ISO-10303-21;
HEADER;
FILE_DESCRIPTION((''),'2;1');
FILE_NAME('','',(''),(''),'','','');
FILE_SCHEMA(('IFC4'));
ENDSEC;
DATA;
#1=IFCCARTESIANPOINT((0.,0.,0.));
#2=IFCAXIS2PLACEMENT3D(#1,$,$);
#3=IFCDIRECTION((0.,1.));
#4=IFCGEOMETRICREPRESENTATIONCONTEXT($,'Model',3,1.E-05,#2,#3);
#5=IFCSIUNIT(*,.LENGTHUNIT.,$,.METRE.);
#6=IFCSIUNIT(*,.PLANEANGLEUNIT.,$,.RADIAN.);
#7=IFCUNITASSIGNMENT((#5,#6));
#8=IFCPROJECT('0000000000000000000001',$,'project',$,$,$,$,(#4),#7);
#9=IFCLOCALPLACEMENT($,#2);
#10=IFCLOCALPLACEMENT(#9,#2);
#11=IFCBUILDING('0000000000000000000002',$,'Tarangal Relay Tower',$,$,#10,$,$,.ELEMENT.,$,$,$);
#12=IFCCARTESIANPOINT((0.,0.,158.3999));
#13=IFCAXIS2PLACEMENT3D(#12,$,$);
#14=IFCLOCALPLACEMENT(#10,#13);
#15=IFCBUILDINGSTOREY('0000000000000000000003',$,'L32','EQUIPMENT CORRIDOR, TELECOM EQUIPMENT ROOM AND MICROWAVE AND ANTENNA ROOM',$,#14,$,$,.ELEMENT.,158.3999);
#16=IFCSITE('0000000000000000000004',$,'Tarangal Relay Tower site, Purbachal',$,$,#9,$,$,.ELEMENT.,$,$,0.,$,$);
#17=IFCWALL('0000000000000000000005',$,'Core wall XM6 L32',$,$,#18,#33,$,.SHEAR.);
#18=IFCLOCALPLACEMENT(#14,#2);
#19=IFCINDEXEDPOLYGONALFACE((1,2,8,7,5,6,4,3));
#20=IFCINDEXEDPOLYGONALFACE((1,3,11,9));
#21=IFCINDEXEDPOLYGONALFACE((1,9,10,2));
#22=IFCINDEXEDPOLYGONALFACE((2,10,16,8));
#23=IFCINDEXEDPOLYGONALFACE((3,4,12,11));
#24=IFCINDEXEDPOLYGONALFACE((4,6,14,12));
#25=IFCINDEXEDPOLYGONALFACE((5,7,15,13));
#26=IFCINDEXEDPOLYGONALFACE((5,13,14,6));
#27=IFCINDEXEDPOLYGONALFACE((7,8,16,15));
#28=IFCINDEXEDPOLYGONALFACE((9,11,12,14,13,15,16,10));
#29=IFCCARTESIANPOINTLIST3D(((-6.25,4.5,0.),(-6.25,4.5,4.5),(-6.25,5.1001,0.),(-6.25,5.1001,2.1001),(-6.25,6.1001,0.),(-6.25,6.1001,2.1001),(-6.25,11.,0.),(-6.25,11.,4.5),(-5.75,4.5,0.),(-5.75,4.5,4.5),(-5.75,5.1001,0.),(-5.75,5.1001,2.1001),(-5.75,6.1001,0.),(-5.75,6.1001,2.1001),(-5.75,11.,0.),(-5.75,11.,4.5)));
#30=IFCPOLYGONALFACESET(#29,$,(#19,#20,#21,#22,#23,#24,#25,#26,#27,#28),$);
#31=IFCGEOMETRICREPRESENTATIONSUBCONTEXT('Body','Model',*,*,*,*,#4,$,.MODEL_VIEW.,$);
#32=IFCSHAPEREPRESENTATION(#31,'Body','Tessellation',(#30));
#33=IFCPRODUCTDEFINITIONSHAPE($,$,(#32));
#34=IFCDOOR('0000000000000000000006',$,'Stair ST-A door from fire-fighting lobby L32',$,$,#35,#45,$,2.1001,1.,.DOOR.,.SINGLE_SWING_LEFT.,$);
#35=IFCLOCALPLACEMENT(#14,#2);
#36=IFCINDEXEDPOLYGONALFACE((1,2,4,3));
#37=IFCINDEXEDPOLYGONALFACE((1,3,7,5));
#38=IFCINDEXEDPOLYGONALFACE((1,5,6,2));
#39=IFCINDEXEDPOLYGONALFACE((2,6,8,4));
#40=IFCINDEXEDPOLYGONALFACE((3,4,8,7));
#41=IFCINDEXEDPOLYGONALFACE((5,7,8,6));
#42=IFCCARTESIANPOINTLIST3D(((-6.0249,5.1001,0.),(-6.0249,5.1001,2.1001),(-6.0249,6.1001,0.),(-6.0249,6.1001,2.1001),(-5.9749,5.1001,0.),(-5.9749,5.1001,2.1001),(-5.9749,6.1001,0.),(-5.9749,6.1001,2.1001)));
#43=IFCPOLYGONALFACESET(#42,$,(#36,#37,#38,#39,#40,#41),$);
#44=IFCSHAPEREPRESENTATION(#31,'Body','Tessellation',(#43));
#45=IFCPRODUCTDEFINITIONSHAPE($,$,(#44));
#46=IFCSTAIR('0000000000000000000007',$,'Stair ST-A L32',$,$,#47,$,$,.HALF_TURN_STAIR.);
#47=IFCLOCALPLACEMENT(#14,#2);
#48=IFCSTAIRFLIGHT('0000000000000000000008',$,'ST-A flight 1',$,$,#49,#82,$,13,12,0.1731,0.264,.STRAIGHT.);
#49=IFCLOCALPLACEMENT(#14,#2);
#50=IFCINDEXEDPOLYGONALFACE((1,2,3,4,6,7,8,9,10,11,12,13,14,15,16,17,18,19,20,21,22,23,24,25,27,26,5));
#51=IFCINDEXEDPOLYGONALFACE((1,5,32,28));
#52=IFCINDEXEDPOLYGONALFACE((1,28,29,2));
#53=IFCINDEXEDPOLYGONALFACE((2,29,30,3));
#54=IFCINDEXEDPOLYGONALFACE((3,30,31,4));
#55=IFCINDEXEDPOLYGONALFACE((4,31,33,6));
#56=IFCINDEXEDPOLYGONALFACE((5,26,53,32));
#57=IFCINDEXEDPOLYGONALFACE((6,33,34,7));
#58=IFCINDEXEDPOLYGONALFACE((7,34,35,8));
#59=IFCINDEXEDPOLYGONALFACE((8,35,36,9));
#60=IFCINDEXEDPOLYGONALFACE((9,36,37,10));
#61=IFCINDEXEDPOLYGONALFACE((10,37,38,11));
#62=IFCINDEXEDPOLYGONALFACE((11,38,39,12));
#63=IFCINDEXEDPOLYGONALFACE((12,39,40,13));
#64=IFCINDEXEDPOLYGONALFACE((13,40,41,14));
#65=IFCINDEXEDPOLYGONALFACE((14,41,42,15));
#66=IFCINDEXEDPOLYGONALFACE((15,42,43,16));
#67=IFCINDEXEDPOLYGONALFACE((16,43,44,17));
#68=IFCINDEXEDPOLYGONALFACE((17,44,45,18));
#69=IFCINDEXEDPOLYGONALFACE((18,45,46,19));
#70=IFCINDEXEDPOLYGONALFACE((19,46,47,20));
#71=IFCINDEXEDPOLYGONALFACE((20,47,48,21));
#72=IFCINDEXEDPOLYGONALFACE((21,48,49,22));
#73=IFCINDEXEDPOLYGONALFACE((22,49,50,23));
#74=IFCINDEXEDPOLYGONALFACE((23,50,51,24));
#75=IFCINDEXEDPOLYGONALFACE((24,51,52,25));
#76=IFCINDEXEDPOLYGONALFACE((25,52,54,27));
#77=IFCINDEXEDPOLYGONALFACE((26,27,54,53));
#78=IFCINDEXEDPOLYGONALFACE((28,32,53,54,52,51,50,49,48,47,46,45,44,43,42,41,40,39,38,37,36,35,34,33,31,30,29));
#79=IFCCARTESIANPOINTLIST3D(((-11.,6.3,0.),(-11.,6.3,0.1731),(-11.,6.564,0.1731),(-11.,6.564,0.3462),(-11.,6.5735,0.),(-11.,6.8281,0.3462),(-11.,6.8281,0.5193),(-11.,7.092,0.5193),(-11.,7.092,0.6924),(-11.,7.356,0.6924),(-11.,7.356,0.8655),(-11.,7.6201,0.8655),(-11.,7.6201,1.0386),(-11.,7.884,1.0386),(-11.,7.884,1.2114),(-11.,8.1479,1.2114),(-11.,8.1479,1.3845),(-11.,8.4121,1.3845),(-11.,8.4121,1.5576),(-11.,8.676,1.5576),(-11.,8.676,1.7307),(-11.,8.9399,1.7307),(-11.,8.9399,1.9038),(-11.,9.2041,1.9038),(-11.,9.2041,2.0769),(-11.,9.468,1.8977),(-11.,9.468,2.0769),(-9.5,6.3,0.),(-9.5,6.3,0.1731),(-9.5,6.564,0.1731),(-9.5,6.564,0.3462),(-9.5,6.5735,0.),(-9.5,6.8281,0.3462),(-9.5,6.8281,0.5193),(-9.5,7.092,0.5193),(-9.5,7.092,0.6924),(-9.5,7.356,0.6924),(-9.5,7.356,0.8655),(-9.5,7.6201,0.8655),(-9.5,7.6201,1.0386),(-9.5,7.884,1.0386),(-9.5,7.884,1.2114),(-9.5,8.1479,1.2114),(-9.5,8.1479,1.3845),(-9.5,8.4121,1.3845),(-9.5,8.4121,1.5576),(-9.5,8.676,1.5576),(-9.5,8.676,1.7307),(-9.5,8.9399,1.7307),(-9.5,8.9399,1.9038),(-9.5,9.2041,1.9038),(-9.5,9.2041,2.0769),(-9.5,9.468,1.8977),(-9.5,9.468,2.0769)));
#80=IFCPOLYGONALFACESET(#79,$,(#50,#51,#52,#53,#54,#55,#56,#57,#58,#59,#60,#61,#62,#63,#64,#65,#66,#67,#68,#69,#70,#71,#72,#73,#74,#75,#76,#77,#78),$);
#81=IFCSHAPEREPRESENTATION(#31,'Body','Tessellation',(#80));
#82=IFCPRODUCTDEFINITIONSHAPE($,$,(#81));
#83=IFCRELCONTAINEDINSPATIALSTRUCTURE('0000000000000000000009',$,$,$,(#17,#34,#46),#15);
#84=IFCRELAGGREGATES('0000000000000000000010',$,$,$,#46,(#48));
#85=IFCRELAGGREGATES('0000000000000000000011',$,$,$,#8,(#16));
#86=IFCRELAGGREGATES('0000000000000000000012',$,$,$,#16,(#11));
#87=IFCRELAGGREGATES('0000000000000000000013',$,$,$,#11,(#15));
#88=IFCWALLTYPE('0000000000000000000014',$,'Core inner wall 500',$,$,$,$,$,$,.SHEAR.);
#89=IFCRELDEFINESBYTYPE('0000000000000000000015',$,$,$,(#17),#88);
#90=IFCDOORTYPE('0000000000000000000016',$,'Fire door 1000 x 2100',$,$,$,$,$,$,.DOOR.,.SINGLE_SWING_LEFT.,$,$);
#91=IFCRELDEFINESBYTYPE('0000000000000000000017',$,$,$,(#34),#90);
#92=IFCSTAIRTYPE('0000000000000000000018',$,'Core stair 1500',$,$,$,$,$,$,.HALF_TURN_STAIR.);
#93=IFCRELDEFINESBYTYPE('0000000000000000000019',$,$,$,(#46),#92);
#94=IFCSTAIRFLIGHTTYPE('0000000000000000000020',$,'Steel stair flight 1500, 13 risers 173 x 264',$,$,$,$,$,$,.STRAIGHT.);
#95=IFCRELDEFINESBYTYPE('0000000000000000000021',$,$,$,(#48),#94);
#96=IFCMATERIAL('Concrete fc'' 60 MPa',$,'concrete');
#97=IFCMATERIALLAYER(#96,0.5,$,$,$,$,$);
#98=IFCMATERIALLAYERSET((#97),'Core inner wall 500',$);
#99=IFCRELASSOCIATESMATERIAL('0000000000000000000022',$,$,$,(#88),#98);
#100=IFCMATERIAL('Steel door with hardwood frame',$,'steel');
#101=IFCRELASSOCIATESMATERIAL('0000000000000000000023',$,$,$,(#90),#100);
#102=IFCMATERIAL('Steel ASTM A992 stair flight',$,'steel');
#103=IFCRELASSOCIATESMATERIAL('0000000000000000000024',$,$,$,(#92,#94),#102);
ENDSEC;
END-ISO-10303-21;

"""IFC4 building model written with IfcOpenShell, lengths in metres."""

from ifc_helpers import new_model, si_unit, direction, frame, frame_2d, origin, place, context, subcontext, project, spatial, polyline, rectangle, outline, extrude, material, layer, layer_set, type_object, element, fill, aggregate, save


model = new_model("IFC4")

# Units and contexts
model_context = context("Model", 3, precision=1e-05, world=origin(), true_north=direction((0.0, 1.0)))
body_context = subcontext(model_context, "Body", "Model", "MODEL_VIEW")
ifc_project = project(units=[si_unit("LENGTHUNIT", "METRE"), si_unit("PLANEANGLEUNIT", "RADIAN")], contexts=[model_context])

# Site, building, storey
site_placement = place(None, origin())
site = spatial("IfcSite", under=ifc_project, at=site_placement, Name="Tarangal Relay Tower site, Purbachal", CompositionType="ELEMENT", RefElevation=0.0)
building_placement = place(site_placement, origin())
building = spatial("IfcBuilding", under=site, at=building_placement, Name="Tarangal Relay Tower", CompositionType="ELEMENT")
storey_placement = place(building_placement, frame((0.0, 0.0, 158.3999)))
storey = spatial("IfcBuildingStorey", under=building, at=storey_placement, Name="L32", Description="EQUIPMENT CORRIDOR, TELECOM EQUIPMENT ROOM AND MICROWAVE AND ANTENNA ROOM", CompositionType="ELEMENT", Elevation=158.3999)

# Shared definitions
ifc_material_1 = material(Name="Concrete fc' 60 MPa", Category="concrete")
ifc_layer_1 = layer(ifc_material_1, 0.5)
ifc_layer_set_1 = layer_set([ifc_layer_1], Name="Core inner wall 500")
wall_type = type_object("IfcWallType", Name="Core inner wall 500", PredefinedType="SHEAR", material=ifc_layer_set_1)
ifc_material_2 = material(Name="Steel door with hardwood frame", Category="steel")

# Wall, opening, door
wall_1_placement = place(storey_placement, frame((-6.0, 4.5, 0.0), z_axis=(0.0, 0.0, 1.0), x_axis=(0.0, 1.0, 0.0)))
wall_1 = element("IfcWall", 1, at=wall_1_placement, inside=storey, type_object=wall_type, Name="Core wall XM6 L32", PredefinedType="SHEAR", context=body_context, shape_type="SweptSolid", body=[
    extrude(rectangle(XDim=6.5, YDim=0.5, at=frame_2d((3.25, 0.0))), origin(), (0.0, 0.0, 1.0), 4.5),
])
opening_1_placement = place(wall_1_placement, frame((0.6001, 0.0, 0.0)))
opening_1 = element("IfcOpeningElement", 2, at=opening_1_placement, cuts=wall_1, PredefinedType="OPENING", context=body_context, shape_type="SweptSolid", body=[
    extrude(rectangle(XDim=1.0, YDim=2.1001, at=frame_2d((0.5, 1.05))), frame((0.0, 0.26, 0.0), z_axis=(0.0, -1.0, 0.0), x_axis=(1.0, 0.0, 0.0)), (0.0, 0.0, 1.0), 0.52),
])
door_type_1 = type_object("IfcDoorType", Name="Fire door 1000 x 2100", OperationType="SINGLE_SWING_LEFT", PredefinedType="DOOR", material=ifc_material_2)
door_1_placement = place(opening_1_placement, origin())
door_1 = element("IfcDoor", 3, at=door_1_placement, inside=storey, type_object=door_type_1, Name="Stair ST-A door from fire-fighting lobby L32", OperationType="SINGLE_SWING_LEFT", OverallHeight=2.1001, OverallWidth=1.0, PredefinedType="DOOR", context=body_context, shape_type="SweptSolid", body=[
    extrude(rectangle(XDim=1.0, YDim=2.1001, at=frame_2d((0.5, 1.05))), frame((0.0, 0.0249, 0.0), z_axis=(0.0, -1.0, 0.0), x_axis=(1.0, 0.0, 0.0)), (0.0, 0.0, 1.0), 0.05),
])
fill(opening_1, door_1)

# Stair, stair flight
ifc_material_3 = material(Name="Steel ASTM A992 stair flight", Category="steel")
stair_type = type_object("IfcStairType", Name="Core stair 1500", PredefinedType="HALF_TURN_STAIR", material=ifc_material_3)
stair_placement = place(storey_placement, origin())
stair = element("IfcStair", 4, at=stair_placement, inside=storey, type_object=stair_type, Name="Stair ST-A L32", PredefinedType="HALF_TURN_STAIR")
stair_flight_type = type_object("IfcStairFlightType", Name="Steel stair flight 1500, 13 risers 173 x 264", PredefinedType="STRAIGHT", material=ifc_material_3)
stair_flight_placement = place(storey_placement, frame((-10.25, 6.3, 0.0), z_axis=(0.0, 0.0, 1.0), x_axis=(0.0, 1.0, 0.0)))
stair_flight = element("IfcStairFlight", 5, at=stair_flight_placement, type_object=stair_flight_type, Name="ST-A flight 1", NumberOfRisers=13, NumberOfTreads=12, PredefinedType="STRAIGHT", RiserHeight=0.1731, TreadLength=0.264, context=body_context, shape_type="SweptSolid", body=[
    extrude(outline(polyline([(0.0, 0.0), (0.0, 0.1731), (0.2639, 0.1731), (0.2639, 0.3462), (0.5281, 0.3462), (0.5281, 0.5193), (0.792, 0.5193), (0.792, 0.6924), (1.0559, 0.6924), (1.0559, 0.8655), (1.3201, 0.8655), (1.3201, 1.0386), (1.584, 1.0386), (1.584, 1.2114), (1.8479, 1.2114), (1.8479, 1.3845), (2.1121, 1.3845), (2.1121, 1.5576), (2.376, 1.5576), (2.376, 1.7307), (2.6399, 1.7307), (2.6399, 1.9038), (2.9041, 1.9038), (2.9041, 2.0769), (3.168, 2.0769), (3.168, 2.25), (3.168, 1.8977), (0.2734, 0.0), (0.0, 0.0)])), frame((0.0, 0.75, 0.0), z_axis=(0.0, -1.0, 0.0), x_axis=(1.0, 0.0, 0.0)), (0.0, 0.0, 1.0), 1.5),
])
aggregate(stair, [stair_flight])

save(model, "model.ifc")
